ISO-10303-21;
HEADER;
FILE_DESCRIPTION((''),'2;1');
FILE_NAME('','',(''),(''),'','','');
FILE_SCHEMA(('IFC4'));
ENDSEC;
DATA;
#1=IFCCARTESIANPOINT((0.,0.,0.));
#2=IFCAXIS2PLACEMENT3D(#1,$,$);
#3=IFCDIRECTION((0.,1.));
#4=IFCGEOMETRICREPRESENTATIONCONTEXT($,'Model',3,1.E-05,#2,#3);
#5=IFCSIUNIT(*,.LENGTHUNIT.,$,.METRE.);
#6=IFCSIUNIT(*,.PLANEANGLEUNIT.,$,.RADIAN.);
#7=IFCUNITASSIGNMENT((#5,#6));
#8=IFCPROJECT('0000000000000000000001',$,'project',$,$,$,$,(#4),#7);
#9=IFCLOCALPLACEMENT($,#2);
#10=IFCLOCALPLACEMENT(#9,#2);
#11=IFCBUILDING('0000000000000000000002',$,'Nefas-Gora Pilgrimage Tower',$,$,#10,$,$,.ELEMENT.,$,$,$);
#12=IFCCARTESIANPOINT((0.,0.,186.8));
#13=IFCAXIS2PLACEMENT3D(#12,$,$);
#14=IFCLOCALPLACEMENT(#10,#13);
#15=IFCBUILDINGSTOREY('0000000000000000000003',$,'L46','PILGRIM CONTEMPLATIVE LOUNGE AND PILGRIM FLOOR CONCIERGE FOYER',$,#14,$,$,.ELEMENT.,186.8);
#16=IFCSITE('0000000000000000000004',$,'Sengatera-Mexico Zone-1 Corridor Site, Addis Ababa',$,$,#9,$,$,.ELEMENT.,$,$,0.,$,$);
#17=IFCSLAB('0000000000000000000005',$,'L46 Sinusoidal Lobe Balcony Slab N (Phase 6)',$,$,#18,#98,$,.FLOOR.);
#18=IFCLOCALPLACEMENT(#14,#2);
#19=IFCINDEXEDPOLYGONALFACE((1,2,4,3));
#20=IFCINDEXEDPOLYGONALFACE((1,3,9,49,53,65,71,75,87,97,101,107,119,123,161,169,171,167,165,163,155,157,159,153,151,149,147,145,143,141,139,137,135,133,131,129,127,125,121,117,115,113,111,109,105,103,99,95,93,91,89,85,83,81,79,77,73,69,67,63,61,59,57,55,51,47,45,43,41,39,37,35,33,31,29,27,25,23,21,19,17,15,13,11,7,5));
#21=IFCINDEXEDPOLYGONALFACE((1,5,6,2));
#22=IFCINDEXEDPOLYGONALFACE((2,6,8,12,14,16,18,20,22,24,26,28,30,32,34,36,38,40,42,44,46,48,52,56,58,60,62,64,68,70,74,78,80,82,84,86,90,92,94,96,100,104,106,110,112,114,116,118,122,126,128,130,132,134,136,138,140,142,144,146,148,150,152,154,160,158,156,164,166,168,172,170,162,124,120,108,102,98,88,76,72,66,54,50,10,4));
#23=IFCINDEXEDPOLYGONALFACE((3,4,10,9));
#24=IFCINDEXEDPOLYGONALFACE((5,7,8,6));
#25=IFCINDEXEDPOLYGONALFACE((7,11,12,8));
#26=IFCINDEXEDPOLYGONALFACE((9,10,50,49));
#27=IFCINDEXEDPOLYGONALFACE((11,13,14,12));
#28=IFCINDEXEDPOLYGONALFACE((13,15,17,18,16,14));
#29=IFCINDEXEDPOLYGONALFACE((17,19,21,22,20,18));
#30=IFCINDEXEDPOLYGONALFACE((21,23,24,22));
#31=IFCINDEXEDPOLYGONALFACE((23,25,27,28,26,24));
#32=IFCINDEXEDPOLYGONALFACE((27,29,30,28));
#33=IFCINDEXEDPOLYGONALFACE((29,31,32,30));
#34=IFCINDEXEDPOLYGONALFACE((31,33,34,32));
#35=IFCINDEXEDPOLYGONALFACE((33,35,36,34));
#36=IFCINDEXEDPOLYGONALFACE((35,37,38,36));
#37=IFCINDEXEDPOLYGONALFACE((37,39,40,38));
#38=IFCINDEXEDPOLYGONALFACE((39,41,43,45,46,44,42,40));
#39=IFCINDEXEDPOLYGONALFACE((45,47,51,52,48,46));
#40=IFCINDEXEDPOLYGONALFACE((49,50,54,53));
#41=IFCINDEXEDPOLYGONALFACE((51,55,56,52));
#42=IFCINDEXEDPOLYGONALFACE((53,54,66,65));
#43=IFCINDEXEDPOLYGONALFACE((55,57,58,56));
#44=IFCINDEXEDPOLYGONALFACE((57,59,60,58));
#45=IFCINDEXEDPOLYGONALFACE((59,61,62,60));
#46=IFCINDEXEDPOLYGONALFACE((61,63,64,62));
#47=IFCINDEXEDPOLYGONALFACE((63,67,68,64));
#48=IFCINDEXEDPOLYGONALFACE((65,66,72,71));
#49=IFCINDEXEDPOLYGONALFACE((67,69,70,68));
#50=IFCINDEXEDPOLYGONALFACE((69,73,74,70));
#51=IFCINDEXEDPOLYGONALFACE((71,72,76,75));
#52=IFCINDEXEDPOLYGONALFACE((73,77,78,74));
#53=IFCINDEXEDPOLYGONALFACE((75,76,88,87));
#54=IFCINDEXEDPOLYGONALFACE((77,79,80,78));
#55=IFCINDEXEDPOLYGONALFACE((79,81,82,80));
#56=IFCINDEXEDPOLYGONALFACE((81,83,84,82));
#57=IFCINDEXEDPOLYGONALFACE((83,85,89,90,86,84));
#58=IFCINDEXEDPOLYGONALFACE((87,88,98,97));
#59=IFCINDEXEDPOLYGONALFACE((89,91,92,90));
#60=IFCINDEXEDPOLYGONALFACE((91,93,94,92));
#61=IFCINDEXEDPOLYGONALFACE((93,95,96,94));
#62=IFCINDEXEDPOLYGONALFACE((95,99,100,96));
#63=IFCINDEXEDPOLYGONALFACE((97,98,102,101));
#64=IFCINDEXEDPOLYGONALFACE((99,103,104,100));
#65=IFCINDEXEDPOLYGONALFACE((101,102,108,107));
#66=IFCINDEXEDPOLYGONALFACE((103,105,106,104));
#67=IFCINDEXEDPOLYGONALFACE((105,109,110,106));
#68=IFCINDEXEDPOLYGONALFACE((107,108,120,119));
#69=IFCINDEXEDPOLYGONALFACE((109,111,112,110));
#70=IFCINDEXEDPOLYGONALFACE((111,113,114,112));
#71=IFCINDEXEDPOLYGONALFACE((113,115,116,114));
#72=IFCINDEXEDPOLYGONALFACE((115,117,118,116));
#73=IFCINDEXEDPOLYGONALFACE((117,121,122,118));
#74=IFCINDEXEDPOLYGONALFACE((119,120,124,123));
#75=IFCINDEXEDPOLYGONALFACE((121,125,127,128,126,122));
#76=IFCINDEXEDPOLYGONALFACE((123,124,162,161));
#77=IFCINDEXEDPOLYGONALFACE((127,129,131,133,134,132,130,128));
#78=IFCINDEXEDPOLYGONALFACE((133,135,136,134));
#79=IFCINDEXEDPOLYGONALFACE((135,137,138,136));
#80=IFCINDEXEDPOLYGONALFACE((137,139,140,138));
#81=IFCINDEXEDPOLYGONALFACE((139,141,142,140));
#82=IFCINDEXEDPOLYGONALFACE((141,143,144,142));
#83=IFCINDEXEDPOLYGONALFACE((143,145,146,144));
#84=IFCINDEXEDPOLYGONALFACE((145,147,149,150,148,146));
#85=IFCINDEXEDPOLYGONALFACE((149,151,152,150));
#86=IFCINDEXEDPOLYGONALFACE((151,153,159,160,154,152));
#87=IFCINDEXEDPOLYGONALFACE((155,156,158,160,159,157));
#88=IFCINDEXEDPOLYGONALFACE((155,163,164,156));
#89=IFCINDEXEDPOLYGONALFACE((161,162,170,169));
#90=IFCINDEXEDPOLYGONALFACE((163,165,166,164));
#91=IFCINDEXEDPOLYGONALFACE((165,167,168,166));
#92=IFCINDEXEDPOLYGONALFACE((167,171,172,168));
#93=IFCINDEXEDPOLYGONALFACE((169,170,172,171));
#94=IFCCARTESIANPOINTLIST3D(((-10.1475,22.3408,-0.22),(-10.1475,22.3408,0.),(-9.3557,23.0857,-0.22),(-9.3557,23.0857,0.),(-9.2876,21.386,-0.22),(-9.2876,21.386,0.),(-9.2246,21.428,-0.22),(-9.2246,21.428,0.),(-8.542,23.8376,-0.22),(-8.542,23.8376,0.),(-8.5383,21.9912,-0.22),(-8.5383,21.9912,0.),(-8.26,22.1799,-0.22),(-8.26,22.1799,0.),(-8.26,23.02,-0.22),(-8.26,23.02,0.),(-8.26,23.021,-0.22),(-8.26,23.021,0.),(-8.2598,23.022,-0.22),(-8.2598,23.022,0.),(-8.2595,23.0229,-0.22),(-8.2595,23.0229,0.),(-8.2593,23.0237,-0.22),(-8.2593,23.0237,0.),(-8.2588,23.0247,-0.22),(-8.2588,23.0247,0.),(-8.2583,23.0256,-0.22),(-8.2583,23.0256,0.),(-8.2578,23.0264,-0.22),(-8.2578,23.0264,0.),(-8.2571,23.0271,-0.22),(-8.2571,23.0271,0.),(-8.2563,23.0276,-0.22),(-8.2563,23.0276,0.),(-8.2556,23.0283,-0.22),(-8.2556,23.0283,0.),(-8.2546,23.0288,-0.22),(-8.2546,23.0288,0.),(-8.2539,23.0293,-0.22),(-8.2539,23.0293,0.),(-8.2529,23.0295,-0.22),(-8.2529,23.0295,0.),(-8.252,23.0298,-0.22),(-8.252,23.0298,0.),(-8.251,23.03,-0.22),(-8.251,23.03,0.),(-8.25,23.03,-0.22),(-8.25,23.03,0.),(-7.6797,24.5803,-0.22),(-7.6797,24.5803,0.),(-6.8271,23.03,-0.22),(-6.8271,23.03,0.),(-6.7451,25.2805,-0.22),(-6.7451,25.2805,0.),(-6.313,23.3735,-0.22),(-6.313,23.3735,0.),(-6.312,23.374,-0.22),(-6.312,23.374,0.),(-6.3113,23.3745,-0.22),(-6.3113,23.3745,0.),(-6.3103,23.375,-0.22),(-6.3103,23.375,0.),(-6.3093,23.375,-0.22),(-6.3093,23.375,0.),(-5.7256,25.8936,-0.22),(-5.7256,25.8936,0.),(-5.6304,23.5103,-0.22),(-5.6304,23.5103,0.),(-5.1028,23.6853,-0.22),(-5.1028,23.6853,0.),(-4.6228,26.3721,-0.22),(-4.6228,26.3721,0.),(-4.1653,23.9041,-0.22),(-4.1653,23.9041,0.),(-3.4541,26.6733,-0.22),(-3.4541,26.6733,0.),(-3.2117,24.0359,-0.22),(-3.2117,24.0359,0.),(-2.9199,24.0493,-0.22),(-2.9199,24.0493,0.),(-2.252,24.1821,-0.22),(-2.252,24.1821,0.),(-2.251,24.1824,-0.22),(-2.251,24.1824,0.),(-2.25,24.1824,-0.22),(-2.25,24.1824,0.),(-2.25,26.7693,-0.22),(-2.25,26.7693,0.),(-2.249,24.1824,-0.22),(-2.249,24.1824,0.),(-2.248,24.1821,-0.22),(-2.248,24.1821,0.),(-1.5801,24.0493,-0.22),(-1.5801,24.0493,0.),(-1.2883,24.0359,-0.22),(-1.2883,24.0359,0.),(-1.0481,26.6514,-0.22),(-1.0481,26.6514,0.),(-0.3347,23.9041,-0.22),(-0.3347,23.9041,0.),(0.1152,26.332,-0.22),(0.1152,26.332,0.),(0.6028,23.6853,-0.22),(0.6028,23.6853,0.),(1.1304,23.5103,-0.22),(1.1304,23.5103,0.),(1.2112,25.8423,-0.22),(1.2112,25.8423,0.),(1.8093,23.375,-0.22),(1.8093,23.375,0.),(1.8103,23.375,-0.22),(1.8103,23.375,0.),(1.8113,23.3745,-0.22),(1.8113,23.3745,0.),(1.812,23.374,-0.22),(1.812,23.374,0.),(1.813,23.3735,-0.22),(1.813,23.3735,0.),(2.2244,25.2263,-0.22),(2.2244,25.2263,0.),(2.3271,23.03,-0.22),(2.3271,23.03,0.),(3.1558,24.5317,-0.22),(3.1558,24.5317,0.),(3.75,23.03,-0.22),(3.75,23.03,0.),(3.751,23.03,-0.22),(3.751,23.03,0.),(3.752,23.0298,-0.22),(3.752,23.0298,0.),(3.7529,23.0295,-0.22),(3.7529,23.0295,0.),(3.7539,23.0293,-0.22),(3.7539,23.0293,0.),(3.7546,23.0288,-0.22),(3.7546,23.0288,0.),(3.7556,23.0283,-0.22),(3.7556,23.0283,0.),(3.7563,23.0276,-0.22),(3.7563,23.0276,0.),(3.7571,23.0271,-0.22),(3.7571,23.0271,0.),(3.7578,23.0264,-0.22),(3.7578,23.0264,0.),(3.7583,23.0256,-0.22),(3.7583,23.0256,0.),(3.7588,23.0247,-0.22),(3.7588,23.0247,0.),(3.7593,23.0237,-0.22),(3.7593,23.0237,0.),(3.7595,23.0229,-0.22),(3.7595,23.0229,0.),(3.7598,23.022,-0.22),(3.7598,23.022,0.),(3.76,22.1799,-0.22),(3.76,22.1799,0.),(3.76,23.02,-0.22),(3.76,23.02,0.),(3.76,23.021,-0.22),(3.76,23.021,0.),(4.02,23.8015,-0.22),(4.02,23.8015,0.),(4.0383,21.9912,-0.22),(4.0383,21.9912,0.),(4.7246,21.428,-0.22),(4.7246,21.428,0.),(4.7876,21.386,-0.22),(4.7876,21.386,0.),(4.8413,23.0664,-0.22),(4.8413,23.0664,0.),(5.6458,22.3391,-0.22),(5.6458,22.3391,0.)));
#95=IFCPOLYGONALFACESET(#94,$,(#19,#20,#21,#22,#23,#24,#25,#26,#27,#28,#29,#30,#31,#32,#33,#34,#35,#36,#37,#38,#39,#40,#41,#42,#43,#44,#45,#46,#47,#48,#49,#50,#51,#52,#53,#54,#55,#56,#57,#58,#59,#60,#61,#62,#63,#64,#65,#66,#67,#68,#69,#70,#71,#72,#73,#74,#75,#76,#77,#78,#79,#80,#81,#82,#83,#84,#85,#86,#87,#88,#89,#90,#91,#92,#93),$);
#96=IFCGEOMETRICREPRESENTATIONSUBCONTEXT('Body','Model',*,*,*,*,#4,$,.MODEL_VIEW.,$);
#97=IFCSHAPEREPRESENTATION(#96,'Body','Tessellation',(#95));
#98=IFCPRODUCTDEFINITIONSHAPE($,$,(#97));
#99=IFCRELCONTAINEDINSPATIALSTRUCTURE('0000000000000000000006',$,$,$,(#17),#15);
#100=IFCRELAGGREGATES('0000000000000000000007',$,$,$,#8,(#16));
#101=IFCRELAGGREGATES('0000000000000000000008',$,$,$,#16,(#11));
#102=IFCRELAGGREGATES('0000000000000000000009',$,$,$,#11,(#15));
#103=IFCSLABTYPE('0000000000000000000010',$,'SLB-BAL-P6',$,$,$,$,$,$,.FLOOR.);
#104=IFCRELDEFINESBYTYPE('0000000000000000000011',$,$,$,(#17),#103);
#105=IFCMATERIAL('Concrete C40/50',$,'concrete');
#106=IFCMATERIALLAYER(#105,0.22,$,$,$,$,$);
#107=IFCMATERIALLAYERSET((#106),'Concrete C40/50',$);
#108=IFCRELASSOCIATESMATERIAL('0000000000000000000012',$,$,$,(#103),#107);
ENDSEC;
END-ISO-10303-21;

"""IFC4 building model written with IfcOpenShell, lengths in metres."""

from ifc_helpers import new_model, si_unit, direction, frame, origin, place, context, subcontext, project, spatial, polyline, outline, extrude, material, layer, layer_set, type_object, element, save


model = new_model("IFC4")

# Units and contexts
model_context = context("Model", 3, precision=1e-05, world=origin(), true_north=direction((0.0, 1.0)))
body_context = subcontext(model_context, "Body", "Model", "MODEL_VIEW")
ifc_project = project(units=[si_unit("LENGTHUNIT", "METRE"), si_unit("PLANEANGLEUNIT", "RADIAN")], contexts=[model_context])

# Site, building, storey
site_placement = place(None, origin())
site = spatial("IfcSite", under=ifc_project, at=site_placement, Name="Sengatera-Mexico Zone-1 Corridor Site, Addis Ababa", CompositionType="ELEMENT", RefElevation=0.0)
building_placement = place(site_placement, origin())
building = spatial("IfcBuilding", under=site, at=building_placement, Name="Nefas-Gora Pilgrimage Tower", CompositionType="ELEMENT")
storey_placement = place(building_placement, frame((0.0, 0.0, 186.8)))
storey = spatial("IfcBuildingStorey", under=building, at=storey_placement, Name="L46", Description="PILGRIM CONTEMPLATIVE LOUNGE AND PILGRIM FLOOR CONCIERGE FOYER", CompositionType="ELEMENT", Elevation=186.8)

# Slab
ifc_material_1 = material(Name="Concrete C40/50", Category="concrete")
ifc_layer_1 = layer(ifc_material_1, 0.22)
ifc_layer_set_1 = layer_set([ifc_layer_1], Name="Concrete C40/50")
slab_type_1 = type_object("IfcSlabType", Name="SLB-BAL-P6", PredefinedType="FLOOR", material=ifc_layer_set_1)
slab_1_placement = place(storey_placement, frame((0.0, 0.0, -0.22)))
element("IfcSlab", 1, at=slab_1_placement, inside=storey, type_object=slab_type_1, Name="L46 Sinusoidal Lobe Balcony Slab N (Phase 6)", PredefinedType="FLOOR", context=body_context, shape_type="SweptSolid", body=[
    extrude(outline(polyline([(-9.2876, 21.386), (-9.2246, 21.428), (-8.5383, 21.9912), (-8.26, 22.1799), (-8.26, 23.02), (-8.26, 23.021), (-8.2598, 23.022), (-8.2595, 23.0229), (-8.2593, 23.0237), (-8.2588, 23.0247), (-8.2583, 23.0256), (-8.2578, 23.0264), (-8.2571, 23.0271), (-8.2563, 23.0276), (-8.2556, 23.0283), (-8.2546, 23.0288), (-8.2539, 23.0293), (-8.2529, 23.0295), (-8.252, 23.0298), (-8.251, 23.03), (-8.25, 23.03), (-6.8271, 23.03), (-6.313, 23.3735), (-6.312, 23.374), (-6.3113, 23.3745), (-6.3103, 23.375), (-6.3093, 23.375), (-5.6304, 23.5103), (-5.1028, 23.6853), (-4.1653, 23.9041), (-3.2117, 24.0359), (-2.9199, 24.0493), (-2.252, 24.1821), (-2.251, 24.1824), (-2.25, 24.1824), (-2.249, 24.1824), (-2.248, 24.1821), (-1.5801, 24.0493), (-1.2883, 24.0359), (-0.3347, 23.9041), (0.6028, 23.6853), (1.1304, 23.5103), (1.8093, 23.375), (1.8103, 23.375), (1.8113, 23.3745), (1.812, 23.374), (1.813, 23.3735), (2.3271, 23.03), (3.75, 23.03), (3.751, 23.03), (3.752, 23.0298), (3.7529, 23.0295), (3.7539, 23.0293), (3.7546, 23.0288), (3.7556, 23.0283), (3.7563, 23.0276), (3.7571, 23.0271), (3.7578, 23.0264), (3.7583, 23.0256), (3.7588, 23.0247), (3.7593, 23.0237), (3.7595, 23.0229), (3.7598, 23.022), (3.76, 23.021), (3.76, 23.02), (3.76, 22.1799), (4.0383, 21.9912), (4.7246, 21.428), (4.7876, 21.386), (5.6458, 22.3391), (4.8413, 23.0664), (4.02, 23.8015), (3.1558, 24.5317), (2.2244, 25.2263), (1.2112, 25.8423), (0.1152, 26.332), (-1.0481, 26.6514), (-2.25, 26.7693), (-3.4541, 26.6733), (-4.6228, 26.3721), (-5.7256, 25.8936), (-6.7451, 25.2805), (-7.6797, 24.5803), (-8.542, 23.8376), (-9.3557, 23.0857), (-10.1475, 22.3408), (-9.2876, 21.386)])), origin(), (0.0, 0.0, 1.0), 0.22),
])

save(model, "model.ifc")
